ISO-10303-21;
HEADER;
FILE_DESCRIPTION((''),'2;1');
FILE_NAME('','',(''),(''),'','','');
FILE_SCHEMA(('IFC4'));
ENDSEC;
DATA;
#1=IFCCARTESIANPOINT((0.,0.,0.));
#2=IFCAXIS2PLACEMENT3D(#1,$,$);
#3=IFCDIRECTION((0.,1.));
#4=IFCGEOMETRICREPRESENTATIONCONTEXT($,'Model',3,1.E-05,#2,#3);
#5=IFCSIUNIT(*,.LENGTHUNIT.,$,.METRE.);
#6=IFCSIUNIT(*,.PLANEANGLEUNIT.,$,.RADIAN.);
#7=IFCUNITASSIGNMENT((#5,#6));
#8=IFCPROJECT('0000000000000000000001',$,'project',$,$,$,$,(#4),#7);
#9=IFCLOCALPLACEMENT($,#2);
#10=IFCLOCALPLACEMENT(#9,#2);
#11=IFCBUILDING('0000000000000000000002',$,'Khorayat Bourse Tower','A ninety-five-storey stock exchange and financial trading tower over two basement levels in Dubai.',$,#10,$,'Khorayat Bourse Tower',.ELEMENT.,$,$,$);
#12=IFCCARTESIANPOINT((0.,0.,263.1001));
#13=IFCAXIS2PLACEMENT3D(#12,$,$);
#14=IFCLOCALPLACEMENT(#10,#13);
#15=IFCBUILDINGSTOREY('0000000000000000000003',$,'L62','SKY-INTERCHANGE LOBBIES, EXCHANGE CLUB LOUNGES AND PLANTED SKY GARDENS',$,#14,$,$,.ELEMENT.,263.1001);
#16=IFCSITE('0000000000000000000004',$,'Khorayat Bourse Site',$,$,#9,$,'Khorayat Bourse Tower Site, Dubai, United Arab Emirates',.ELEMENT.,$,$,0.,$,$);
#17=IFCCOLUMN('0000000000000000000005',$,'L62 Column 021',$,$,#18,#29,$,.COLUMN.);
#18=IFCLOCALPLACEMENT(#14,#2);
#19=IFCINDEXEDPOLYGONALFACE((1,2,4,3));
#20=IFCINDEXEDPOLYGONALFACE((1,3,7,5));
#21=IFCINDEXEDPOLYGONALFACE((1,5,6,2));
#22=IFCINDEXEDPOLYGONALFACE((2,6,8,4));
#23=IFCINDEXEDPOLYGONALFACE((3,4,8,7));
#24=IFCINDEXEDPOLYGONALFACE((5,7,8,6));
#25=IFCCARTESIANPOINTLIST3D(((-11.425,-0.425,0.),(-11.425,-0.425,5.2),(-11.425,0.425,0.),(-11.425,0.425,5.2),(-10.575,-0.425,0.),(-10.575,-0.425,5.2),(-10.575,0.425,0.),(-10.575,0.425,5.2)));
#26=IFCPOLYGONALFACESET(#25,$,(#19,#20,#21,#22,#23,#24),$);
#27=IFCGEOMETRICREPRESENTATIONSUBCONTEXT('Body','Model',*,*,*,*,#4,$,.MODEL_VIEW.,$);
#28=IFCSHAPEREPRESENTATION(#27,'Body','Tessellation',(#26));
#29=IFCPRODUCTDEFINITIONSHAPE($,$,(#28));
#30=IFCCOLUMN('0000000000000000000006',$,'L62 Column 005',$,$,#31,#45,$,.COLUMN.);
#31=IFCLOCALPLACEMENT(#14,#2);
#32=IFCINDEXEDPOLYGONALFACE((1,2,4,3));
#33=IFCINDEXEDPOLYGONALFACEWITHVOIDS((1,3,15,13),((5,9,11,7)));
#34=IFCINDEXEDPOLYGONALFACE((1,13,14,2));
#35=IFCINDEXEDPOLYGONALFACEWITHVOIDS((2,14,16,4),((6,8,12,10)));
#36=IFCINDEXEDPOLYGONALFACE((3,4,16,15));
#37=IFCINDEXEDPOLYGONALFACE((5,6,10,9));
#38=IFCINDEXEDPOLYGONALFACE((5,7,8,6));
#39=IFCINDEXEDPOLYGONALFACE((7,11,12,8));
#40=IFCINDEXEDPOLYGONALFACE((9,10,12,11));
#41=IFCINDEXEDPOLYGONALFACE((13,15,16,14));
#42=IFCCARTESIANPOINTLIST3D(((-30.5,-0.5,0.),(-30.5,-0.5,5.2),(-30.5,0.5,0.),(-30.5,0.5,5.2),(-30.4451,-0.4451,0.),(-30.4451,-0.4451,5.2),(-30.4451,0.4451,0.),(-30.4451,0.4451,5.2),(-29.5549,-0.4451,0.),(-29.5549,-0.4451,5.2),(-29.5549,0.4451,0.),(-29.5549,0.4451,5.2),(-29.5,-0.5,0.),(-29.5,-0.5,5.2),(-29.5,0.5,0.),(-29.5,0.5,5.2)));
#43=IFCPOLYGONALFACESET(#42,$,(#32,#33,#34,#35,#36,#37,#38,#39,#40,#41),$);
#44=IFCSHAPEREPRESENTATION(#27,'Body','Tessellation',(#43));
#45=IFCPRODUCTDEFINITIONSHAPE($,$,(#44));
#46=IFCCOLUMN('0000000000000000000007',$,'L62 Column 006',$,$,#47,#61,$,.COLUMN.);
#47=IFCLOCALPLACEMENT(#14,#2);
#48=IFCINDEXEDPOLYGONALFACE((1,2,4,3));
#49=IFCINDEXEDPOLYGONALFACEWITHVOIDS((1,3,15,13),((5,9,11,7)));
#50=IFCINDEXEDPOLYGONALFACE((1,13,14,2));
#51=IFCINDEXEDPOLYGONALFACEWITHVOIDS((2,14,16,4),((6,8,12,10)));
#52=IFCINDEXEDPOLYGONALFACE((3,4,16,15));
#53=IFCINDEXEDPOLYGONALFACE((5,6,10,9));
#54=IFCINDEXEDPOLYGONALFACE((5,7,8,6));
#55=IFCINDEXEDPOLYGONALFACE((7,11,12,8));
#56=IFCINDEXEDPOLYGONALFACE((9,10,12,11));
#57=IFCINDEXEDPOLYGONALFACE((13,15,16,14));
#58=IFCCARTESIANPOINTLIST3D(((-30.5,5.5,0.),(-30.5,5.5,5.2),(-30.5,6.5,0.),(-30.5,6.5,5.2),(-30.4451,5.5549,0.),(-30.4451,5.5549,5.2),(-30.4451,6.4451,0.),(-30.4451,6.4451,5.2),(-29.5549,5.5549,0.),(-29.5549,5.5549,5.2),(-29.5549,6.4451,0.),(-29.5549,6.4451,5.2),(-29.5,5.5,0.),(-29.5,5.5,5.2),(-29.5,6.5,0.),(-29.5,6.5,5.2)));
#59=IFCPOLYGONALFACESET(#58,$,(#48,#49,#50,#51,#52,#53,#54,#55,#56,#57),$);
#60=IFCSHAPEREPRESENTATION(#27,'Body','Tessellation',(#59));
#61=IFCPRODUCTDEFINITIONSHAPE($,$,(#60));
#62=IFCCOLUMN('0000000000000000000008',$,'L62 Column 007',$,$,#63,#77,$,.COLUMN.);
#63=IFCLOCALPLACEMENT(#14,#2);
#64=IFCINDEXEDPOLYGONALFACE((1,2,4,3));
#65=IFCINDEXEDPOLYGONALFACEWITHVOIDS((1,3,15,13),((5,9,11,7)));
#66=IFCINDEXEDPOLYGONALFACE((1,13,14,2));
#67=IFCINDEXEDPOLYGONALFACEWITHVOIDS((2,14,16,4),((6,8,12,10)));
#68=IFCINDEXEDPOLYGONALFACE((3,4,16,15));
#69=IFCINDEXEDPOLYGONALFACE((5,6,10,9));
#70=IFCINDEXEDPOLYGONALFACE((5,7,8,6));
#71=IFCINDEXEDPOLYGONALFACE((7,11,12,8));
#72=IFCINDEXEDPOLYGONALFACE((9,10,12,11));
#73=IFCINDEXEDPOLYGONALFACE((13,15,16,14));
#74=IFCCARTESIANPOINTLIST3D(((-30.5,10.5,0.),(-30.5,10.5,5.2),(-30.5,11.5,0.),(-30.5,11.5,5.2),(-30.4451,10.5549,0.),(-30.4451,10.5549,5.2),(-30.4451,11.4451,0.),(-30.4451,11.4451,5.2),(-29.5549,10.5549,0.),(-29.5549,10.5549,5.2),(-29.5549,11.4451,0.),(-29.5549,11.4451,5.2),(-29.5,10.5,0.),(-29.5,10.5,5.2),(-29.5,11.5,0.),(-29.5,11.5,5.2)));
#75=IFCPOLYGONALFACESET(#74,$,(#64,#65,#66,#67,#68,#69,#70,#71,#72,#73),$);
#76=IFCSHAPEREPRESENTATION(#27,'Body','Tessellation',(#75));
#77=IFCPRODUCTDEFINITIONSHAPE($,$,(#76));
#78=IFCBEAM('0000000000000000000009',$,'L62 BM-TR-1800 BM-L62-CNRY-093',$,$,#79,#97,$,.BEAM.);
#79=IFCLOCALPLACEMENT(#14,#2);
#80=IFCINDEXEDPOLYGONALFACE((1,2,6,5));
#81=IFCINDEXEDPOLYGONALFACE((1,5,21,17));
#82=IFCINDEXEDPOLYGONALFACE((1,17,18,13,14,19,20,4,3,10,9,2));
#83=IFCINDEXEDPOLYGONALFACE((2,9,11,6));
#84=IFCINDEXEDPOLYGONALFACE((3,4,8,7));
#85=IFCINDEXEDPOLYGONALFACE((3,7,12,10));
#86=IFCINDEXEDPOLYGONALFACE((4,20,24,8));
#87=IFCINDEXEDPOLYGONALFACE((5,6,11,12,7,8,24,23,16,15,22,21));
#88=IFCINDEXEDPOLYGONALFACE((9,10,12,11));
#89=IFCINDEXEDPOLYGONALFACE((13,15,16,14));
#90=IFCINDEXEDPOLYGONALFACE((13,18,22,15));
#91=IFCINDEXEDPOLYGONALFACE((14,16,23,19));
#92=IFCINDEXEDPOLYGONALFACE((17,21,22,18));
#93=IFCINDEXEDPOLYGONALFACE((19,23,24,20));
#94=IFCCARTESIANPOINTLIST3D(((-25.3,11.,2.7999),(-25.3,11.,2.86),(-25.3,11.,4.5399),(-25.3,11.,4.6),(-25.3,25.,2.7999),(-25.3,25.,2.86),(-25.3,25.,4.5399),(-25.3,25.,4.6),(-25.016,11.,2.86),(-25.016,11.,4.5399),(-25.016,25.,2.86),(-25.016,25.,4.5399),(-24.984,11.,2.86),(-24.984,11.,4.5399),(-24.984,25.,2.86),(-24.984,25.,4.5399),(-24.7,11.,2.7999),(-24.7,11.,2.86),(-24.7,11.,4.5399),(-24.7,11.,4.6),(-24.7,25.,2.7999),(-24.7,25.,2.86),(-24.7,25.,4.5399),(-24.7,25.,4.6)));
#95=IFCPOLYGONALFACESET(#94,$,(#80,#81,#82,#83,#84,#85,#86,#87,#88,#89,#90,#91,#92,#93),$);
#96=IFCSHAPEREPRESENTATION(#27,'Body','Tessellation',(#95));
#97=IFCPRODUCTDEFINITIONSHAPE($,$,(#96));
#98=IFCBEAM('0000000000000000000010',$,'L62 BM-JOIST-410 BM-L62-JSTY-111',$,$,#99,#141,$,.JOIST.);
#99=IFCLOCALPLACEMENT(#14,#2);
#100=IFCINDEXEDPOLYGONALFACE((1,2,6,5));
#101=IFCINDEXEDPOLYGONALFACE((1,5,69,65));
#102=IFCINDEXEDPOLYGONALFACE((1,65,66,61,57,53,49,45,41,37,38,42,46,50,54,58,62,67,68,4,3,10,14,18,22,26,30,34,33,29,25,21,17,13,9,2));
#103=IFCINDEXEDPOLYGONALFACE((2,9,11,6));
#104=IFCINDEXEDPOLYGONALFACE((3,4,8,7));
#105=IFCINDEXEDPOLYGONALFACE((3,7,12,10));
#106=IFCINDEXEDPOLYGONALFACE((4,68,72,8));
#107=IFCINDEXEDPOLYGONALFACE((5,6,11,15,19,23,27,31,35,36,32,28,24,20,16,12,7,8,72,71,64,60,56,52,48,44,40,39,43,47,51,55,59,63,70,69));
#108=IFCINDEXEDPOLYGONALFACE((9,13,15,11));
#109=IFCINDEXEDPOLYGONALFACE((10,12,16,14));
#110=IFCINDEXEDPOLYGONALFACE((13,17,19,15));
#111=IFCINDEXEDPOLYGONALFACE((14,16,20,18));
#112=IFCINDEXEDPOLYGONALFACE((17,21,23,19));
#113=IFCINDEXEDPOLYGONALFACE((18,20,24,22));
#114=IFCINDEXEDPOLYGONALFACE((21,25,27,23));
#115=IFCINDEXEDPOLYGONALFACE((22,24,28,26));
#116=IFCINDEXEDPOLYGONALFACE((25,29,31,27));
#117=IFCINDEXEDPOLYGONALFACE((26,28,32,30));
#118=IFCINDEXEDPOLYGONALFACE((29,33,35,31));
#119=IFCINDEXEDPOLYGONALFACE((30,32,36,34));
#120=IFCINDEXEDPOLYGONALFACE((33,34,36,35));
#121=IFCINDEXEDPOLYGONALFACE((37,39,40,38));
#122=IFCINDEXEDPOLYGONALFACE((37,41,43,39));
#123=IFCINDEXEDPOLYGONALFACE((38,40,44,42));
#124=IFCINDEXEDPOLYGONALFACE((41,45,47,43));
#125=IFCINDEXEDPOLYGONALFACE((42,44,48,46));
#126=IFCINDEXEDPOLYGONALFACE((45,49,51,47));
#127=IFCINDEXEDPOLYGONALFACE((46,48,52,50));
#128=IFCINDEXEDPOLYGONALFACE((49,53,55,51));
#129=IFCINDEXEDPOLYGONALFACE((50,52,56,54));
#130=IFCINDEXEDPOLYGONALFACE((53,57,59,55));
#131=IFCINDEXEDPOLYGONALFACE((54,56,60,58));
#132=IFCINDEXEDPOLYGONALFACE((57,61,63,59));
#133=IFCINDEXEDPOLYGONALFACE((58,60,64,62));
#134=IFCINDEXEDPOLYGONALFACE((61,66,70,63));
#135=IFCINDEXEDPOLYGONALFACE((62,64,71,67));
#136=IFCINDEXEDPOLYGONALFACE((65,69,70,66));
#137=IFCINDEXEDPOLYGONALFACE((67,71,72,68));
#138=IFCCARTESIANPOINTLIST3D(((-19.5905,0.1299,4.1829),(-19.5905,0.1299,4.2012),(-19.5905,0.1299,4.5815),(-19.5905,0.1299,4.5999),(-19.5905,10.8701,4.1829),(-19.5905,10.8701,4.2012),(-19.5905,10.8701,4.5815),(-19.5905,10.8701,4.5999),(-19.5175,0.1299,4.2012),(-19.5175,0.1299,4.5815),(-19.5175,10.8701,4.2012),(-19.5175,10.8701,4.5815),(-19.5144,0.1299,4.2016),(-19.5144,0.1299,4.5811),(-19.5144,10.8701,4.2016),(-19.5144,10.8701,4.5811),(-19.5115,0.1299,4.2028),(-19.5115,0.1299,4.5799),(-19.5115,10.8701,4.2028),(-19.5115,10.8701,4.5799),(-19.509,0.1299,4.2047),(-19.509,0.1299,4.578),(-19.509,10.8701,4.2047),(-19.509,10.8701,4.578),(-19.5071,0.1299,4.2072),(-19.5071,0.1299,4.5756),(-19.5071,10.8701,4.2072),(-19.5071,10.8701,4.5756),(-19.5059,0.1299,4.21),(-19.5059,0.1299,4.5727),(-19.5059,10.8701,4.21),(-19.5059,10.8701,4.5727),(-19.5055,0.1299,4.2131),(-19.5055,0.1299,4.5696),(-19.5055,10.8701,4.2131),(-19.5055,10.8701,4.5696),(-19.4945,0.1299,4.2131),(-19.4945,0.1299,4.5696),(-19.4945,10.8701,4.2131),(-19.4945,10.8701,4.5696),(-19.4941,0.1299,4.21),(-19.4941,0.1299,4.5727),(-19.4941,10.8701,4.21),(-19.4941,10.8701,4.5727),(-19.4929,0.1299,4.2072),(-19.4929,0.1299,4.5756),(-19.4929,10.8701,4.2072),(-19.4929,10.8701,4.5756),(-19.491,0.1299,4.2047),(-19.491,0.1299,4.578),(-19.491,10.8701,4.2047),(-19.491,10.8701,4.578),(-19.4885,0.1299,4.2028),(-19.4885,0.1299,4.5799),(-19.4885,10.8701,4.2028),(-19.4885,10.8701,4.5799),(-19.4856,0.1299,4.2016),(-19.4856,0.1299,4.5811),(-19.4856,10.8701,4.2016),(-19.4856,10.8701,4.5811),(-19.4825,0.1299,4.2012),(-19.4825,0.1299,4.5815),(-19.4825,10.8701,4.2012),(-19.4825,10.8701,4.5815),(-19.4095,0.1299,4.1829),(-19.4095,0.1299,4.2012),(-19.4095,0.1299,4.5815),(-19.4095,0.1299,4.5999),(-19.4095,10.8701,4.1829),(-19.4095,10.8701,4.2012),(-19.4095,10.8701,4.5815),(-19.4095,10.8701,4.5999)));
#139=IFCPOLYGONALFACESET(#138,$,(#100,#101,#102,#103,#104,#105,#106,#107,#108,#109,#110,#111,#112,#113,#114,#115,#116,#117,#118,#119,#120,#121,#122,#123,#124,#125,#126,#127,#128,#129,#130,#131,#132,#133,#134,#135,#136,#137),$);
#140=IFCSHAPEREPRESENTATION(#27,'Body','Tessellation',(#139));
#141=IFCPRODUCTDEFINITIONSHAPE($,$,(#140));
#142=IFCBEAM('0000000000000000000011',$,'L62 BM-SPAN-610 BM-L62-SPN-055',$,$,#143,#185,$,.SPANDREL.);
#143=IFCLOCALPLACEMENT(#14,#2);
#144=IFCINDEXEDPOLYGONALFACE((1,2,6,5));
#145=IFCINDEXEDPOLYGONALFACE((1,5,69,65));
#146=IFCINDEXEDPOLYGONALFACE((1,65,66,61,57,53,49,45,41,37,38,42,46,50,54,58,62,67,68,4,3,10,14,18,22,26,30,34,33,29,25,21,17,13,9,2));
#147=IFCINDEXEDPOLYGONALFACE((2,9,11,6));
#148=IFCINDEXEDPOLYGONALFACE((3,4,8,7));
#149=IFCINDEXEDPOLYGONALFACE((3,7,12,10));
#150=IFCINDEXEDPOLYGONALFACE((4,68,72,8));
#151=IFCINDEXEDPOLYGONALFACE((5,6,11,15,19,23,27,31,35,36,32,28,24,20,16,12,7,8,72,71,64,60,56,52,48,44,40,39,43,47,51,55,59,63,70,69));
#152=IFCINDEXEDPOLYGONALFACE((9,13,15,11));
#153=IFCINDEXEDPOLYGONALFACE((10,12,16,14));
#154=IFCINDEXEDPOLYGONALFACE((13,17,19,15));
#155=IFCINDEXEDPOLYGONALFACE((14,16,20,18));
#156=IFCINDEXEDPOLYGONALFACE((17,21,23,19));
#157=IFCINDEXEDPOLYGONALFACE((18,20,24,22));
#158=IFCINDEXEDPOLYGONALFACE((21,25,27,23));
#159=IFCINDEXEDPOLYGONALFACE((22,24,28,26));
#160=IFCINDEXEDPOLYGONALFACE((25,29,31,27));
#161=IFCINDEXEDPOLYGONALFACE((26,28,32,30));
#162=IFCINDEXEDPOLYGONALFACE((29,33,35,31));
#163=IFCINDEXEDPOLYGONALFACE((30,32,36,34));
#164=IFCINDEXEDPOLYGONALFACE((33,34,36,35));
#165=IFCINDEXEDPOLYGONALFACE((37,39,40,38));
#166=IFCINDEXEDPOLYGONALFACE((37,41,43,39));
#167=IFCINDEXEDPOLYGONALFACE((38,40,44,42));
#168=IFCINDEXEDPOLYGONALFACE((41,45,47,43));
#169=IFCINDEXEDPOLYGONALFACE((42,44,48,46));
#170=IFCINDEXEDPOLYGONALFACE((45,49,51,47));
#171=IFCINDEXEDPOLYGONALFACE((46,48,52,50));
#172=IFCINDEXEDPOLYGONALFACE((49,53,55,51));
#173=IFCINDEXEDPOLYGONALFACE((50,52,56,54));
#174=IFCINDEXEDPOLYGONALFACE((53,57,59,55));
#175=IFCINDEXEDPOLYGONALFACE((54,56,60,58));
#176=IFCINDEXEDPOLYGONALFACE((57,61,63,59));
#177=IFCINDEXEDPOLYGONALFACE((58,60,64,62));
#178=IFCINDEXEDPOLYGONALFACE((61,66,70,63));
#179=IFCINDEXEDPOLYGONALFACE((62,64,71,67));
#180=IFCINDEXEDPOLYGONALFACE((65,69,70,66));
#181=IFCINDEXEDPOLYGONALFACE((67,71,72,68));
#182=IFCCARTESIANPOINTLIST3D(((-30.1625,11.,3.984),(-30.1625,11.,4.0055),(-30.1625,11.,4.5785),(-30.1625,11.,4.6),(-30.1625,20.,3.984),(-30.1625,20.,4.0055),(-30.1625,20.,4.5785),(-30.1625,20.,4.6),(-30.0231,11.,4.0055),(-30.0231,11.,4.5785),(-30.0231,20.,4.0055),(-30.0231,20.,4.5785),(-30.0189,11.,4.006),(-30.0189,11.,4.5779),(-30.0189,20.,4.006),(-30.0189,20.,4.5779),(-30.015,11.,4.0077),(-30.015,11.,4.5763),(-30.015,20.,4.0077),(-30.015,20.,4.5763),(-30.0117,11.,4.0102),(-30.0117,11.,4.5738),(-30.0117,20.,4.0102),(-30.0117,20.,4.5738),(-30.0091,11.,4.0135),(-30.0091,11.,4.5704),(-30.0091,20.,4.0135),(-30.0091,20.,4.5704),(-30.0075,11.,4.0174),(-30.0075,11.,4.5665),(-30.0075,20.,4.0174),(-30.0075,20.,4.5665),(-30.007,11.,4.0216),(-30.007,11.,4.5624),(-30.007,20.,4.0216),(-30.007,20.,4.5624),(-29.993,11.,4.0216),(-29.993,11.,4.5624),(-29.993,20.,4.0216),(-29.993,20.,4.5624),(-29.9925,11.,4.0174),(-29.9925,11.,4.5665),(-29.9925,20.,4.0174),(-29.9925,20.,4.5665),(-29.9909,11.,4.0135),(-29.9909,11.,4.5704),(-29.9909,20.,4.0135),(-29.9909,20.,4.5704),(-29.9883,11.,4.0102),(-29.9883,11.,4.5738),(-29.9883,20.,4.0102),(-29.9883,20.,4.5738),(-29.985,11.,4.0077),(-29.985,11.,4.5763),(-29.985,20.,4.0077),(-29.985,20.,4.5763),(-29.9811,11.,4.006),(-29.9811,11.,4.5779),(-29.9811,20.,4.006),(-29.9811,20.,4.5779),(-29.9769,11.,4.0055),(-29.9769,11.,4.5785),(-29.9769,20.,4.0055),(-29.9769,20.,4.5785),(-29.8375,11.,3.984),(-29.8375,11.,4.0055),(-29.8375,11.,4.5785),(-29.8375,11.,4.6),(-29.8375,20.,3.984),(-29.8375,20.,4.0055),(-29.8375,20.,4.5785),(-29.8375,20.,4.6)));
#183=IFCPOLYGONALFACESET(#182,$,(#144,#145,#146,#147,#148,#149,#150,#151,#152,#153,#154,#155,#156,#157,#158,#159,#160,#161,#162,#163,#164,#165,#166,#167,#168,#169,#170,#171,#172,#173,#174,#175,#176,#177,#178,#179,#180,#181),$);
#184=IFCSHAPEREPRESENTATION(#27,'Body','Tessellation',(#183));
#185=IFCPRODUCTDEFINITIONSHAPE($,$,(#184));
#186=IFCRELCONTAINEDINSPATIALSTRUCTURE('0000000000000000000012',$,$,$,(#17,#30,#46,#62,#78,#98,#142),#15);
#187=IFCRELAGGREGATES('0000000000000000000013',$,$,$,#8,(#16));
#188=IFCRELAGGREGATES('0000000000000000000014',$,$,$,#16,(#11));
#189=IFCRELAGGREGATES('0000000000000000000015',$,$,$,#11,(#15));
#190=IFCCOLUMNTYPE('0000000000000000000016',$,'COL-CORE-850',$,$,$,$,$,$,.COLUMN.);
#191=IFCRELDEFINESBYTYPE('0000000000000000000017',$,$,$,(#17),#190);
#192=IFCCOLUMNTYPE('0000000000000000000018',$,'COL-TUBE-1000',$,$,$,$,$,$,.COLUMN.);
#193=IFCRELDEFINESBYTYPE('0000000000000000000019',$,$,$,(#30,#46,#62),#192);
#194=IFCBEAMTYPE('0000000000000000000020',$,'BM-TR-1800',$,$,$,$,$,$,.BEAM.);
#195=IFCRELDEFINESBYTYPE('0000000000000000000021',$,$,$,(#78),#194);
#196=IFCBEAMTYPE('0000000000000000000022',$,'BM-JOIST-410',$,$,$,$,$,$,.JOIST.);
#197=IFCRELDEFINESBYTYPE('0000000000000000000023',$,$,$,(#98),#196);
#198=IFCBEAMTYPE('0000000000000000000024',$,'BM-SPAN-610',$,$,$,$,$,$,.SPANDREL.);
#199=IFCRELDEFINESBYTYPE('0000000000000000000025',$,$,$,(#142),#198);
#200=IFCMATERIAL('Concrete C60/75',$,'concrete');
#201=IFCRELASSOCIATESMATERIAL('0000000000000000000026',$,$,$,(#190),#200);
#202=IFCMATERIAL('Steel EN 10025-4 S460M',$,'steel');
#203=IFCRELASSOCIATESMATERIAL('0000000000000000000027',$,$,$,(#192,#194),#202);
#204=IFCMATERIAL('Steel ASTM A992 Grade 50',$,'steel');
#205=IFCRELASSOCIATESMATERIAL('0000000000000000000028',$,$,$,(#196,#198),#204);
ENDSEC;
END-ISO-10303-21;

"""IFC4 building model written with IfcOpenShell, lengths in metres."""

from ifc_helpers import new_model, si_unit, direction, frame, origin, origin_2d, place, context, subcontext, project, spatial, rectangle, hollow_rectangle, i_section, extrude, source, transform, mapped, material, material_profile, profile_set, type_object, element, save


model = new_model("IFC4")

# Units and contexts
model_context = context("Model", 3, precision=1e-05, world=origin(), true_north=direction((0.0, 1.0)))
body_context = subcontext(model_context, "Body", "Model", "MODEL_VIEW")
ifc_project = project(units=[si_unit("LENGTHUNIT", "METRE"), si_unit("PLANEANGLEUNIT", "RADIAN")], contexts=[model_context])

# Site, building, storey
site_placement = place(None, origin())
site = spatial("IfcSite", under=ifc_project, at=site_placement, Name="Khorayat Bourse Site", LongName="Khorayat Bourse Tower Site, Dubai, United Arab Emirates", CompositionType="ELEMENT", RefElevation=0.0)
building_placement = place(site_placement, origin())
building = spatial("IfcBuilding", under=site, at=building_placement, Name="Khorayat Bourse Tower", Description="A ninety-five-storey stock exchange and financial trading tower over two basement levels in Dubai.", LongName="Khorayat Bourse Tower", CompositionType="ELEMENT")
storey_placement = place(building_placement, frame((0.0, 0.0, 263.1001)))
storey = spatial("IfcBuildingStorey", under=building, at=storey_placement, Name="L62", Description="SKY-INTERCHANGE LOBBIES, EXCHANGE CLUB LOUNGES AND PLANTED SKY GARDENS", CompositionType="ELEMENT", Elevation=263.1001)

# Columns
ifc_material_1 = material(Name="Concrete C60/75", Category="concrete")
ifc_material_profile_1 = material_profile(ifc_material_1, rectangle(XDim=0.8501, YDim=0.8501, at=origin_2d()), Name="RC 850x850")
ifc_profile_set_1 = profile_set([ifc_material_profile_1], Name="Concrete C60/75")
column_type_1 = type_object("IfcColumnType", Name="COL-CORE-850", PredefinedType="COLUMN", material=ifc_profile_set_1)
shared_shape_1 = source(origin(), body_context, "Body", "SweptSolid", [
    extrude(rectangle(XDim=0.8501, YDim=0.8501, at=origin_2d()), origin(), (0.0, 0.0, 1.0), 5.2),
])
column_placement = place(storey_placement, frame((-11.0, 0.0, 0.0), z_axis=(0.0, 0.0, 1.0), x_axis=(1.0, 0.0, 0.0)))
element("IfcColumn", 1, at=column_placement, inside=storey, type_object=column_type_1, Name="L62 Column 021", PredefinedType="COLUMN", context=body_context, shape_type="MappedRepresentation", body=[
    mapped(shared_shape_1, transform((0.0, 0.0, 0.0), scale=1.0)),
])
ifc_material_2 = material(Name="Steel EN 10025-4 S460M", Category="steel")
ifc_material_profile_2 = material_profile(ifc_material_2, hollow_rectangle(XDim=1.0, YDim=1.0, WallThickness=0.0549, at=origin_2d()), Name="BOX 1000x1000x55")
ifc_profile_set_2 = profile_set([ifc_material_profile_2], Name="Steel EN 10025-4 S460M")
column_type_2 = type_object("IfcColumnType", Name="COL-TUBE-1000", PredefinedType="COLUMN", material=ifc_profile_set_2)
shared_shape_2 = source(origin(), body_context, "Body", "SweptSolid", [
    extrude(hollow_rectangle(XDim=1.0, YDim=1.0, WallThickness=0.0549, at=origin_2d()), origin(), (0.0, 0.0, 1.0), 5.2),
])
for number, where, z_axis, x_axis, name in (
    (2, (-30.0, 0.0, 0.0), (0.0, 0.0, 1.0), (1.0, 0.0, 0.0), "L62 Column 005"),
    (3, (-30.0, 6.0, 0.0), (0.0, 0.0, 1.0), (1.0, 0.0, 0.0), "L62 Column 006"),
    (4, (-30.0, 11.0, 0.0), (0.0, 0.0, 1.0), (1.0, 0.0, 0.0), "L62 Column 007"),
):
    element("IfcColumn", number, at=place(storey_placement, frame(where, z_axis=z_axis, x_axis=x_axis)), inside=storey, type_object=column_type_2, Name=name, PredefinedType="COLUMN", context=body_context, shape_type="MappedRepresentation", body=[
        mapped(shared_shape_2, transform((0.0, 0.0, 0.0), scale=1.0)),
    ])

# Beams
ifc_material_profile_3 = material_profile(ifc_material_2, i_section(OverallWidth=0.6001, OverallDepth=1.8, WebThickness=0.032, FlangeThickness=0.0601, at=origin_2d()), Name="PG 1800x600x32x60")
ifc_profile_set_3 = profile_set([ifc_material_profile_3], Name="Steel EN 10025-4 S460M")
beam_type_1 = type_object("IfcBeamType", Name="BM-TR-1800", PredefinedType="BEAM", material=ifc_profile_set_3)
shared_shape_3 = source(origin(), body_context, "Body", "SweptSolid", [
    extrude(i_section(OverallWidth=0.6001, OverallDepth=1.8, WebThickness=0.032, FlangeThickness=0.0601, at=origin_2d()), origin(), (0.0, 0.0, 1.0), 14.0),
])
beam_1_placement = place(storey_placement, frame((-25.0, 11.0, 3.7), z_axis=(0.0, 1.0, 0.0), x_axis=(-1.0, 0.0, 0.0)))
element("IfcBeam", 5, at=beam_1_placement, inside=storey, type_object=beam_type_1, Name="L62 BM-TR-1800 BM-L62-CNRY-093", PredefinedType="BEAM", context=body_context, shape_type="MappedRepresentation", body=[
    mapped(shared_shape_3, transform((0.0, 0.0, 0.0), scale=1.0)),
])
ifc_material_3 = material(Name="Steel ASTM A992 Grade 50", Category="steel")
ifc_material_profile_4 = material_profile(ifc_material_3, i_section(OverallWidth=0.1809, OverallDepth=0.417, WebThickness=0.011, FlangeThickness=0.0183, FilletRadius=0.012, at=origin_2d()), Name="W410X85")
ifc_profile_set_4 = profile_set([ifc_material_profile_4], Name="Steel ASTM A992 Grade 50")
beam_type_2 = type_object("IfcBeamType", Name="BM-JOIST-410", PredefinedType="JOIST", material=ifc_profile_set_4)
shared_shape_4 = source(origin(), body_context, "Body", "SweptSolid", [
    extrude(i_section(OverallWidth=0.1809, OverallDepth=0.417, WebThickness=0.011, FlangeThickness=0.0183, FilletRadius=0.012, at=origin_2d()), origin(), (0.0, 0.0, 1.0), 10.7402),
])
beam_2_placement = place(storey_placement, frame((-19.5, 0.1299, 4.3914), z_axis=(0.0, 1.0, 0.0), x_axis=(-1.0, 0.0, 0.0)))
element("IfcBeam", 6, at=beam_2_placement, inside=storey, type_object=beam_type_2, Name="L62 BM-JOIST-410 BM-L62-JSTY-111", PredefinedType="JOIST", context=body_context, shape_type="MappedRepresentation", body=[
    mapped(shared_shape_4, transform((0.0, 0.0, 0.0), scale=1.0)),
])
ifc_material_profile_5 = material_profile(ifc_material_3, i_section(OverallWidth=0.325, OverallDepth=0.616, WebThickness=0.0139, FlangeThickness=0.0215, FilletRadius=0.0161, at=origin_2d()), Name="W610X174")
ifc_profile_set_5 = profile_set([ifc_material_profile_5], Name="Steel ASTM A992 Grade 50")
beam_type_3 = type_object("IfcBeamType", Name="BM-SPAN-610", PredefinedType="SPANDREL", material=ifc_profile_set_5)
shared_shape_5 = source(origin(), body_context, "Body", "SweptSolid", [
    extrude(i_section(OverallWidth=0.325, OverallDepth=0.616, WebThickness=0.0139, FlangeThickness=0.0215, FilletRadius=0.0161, at=origin_2d()), origin(), (0.0, 0.0, 1.0), 9.0),
])
beam_3_placement = place(storey_placement, frame((-30.0, 11.0, 4.292), z_axis=(0.0, 1.0, 0.0), x_axis=(-1.0, 0.0, 0.0)))
element("IfcBeam", 7, at=beam_3_placement, inside=storey, type_object=beam_type_3, Name="L62 BM-SPAN-610 BM-L62-SPN-055", PredefinedType="SPANDREL", context=body_context, shape_type="MappedRepresentation", body=[
    mapped(shared_shape_5, transform((0.0, 0.0, 0.0), scale=1.0)),
])

save(model, "model.ifc")
